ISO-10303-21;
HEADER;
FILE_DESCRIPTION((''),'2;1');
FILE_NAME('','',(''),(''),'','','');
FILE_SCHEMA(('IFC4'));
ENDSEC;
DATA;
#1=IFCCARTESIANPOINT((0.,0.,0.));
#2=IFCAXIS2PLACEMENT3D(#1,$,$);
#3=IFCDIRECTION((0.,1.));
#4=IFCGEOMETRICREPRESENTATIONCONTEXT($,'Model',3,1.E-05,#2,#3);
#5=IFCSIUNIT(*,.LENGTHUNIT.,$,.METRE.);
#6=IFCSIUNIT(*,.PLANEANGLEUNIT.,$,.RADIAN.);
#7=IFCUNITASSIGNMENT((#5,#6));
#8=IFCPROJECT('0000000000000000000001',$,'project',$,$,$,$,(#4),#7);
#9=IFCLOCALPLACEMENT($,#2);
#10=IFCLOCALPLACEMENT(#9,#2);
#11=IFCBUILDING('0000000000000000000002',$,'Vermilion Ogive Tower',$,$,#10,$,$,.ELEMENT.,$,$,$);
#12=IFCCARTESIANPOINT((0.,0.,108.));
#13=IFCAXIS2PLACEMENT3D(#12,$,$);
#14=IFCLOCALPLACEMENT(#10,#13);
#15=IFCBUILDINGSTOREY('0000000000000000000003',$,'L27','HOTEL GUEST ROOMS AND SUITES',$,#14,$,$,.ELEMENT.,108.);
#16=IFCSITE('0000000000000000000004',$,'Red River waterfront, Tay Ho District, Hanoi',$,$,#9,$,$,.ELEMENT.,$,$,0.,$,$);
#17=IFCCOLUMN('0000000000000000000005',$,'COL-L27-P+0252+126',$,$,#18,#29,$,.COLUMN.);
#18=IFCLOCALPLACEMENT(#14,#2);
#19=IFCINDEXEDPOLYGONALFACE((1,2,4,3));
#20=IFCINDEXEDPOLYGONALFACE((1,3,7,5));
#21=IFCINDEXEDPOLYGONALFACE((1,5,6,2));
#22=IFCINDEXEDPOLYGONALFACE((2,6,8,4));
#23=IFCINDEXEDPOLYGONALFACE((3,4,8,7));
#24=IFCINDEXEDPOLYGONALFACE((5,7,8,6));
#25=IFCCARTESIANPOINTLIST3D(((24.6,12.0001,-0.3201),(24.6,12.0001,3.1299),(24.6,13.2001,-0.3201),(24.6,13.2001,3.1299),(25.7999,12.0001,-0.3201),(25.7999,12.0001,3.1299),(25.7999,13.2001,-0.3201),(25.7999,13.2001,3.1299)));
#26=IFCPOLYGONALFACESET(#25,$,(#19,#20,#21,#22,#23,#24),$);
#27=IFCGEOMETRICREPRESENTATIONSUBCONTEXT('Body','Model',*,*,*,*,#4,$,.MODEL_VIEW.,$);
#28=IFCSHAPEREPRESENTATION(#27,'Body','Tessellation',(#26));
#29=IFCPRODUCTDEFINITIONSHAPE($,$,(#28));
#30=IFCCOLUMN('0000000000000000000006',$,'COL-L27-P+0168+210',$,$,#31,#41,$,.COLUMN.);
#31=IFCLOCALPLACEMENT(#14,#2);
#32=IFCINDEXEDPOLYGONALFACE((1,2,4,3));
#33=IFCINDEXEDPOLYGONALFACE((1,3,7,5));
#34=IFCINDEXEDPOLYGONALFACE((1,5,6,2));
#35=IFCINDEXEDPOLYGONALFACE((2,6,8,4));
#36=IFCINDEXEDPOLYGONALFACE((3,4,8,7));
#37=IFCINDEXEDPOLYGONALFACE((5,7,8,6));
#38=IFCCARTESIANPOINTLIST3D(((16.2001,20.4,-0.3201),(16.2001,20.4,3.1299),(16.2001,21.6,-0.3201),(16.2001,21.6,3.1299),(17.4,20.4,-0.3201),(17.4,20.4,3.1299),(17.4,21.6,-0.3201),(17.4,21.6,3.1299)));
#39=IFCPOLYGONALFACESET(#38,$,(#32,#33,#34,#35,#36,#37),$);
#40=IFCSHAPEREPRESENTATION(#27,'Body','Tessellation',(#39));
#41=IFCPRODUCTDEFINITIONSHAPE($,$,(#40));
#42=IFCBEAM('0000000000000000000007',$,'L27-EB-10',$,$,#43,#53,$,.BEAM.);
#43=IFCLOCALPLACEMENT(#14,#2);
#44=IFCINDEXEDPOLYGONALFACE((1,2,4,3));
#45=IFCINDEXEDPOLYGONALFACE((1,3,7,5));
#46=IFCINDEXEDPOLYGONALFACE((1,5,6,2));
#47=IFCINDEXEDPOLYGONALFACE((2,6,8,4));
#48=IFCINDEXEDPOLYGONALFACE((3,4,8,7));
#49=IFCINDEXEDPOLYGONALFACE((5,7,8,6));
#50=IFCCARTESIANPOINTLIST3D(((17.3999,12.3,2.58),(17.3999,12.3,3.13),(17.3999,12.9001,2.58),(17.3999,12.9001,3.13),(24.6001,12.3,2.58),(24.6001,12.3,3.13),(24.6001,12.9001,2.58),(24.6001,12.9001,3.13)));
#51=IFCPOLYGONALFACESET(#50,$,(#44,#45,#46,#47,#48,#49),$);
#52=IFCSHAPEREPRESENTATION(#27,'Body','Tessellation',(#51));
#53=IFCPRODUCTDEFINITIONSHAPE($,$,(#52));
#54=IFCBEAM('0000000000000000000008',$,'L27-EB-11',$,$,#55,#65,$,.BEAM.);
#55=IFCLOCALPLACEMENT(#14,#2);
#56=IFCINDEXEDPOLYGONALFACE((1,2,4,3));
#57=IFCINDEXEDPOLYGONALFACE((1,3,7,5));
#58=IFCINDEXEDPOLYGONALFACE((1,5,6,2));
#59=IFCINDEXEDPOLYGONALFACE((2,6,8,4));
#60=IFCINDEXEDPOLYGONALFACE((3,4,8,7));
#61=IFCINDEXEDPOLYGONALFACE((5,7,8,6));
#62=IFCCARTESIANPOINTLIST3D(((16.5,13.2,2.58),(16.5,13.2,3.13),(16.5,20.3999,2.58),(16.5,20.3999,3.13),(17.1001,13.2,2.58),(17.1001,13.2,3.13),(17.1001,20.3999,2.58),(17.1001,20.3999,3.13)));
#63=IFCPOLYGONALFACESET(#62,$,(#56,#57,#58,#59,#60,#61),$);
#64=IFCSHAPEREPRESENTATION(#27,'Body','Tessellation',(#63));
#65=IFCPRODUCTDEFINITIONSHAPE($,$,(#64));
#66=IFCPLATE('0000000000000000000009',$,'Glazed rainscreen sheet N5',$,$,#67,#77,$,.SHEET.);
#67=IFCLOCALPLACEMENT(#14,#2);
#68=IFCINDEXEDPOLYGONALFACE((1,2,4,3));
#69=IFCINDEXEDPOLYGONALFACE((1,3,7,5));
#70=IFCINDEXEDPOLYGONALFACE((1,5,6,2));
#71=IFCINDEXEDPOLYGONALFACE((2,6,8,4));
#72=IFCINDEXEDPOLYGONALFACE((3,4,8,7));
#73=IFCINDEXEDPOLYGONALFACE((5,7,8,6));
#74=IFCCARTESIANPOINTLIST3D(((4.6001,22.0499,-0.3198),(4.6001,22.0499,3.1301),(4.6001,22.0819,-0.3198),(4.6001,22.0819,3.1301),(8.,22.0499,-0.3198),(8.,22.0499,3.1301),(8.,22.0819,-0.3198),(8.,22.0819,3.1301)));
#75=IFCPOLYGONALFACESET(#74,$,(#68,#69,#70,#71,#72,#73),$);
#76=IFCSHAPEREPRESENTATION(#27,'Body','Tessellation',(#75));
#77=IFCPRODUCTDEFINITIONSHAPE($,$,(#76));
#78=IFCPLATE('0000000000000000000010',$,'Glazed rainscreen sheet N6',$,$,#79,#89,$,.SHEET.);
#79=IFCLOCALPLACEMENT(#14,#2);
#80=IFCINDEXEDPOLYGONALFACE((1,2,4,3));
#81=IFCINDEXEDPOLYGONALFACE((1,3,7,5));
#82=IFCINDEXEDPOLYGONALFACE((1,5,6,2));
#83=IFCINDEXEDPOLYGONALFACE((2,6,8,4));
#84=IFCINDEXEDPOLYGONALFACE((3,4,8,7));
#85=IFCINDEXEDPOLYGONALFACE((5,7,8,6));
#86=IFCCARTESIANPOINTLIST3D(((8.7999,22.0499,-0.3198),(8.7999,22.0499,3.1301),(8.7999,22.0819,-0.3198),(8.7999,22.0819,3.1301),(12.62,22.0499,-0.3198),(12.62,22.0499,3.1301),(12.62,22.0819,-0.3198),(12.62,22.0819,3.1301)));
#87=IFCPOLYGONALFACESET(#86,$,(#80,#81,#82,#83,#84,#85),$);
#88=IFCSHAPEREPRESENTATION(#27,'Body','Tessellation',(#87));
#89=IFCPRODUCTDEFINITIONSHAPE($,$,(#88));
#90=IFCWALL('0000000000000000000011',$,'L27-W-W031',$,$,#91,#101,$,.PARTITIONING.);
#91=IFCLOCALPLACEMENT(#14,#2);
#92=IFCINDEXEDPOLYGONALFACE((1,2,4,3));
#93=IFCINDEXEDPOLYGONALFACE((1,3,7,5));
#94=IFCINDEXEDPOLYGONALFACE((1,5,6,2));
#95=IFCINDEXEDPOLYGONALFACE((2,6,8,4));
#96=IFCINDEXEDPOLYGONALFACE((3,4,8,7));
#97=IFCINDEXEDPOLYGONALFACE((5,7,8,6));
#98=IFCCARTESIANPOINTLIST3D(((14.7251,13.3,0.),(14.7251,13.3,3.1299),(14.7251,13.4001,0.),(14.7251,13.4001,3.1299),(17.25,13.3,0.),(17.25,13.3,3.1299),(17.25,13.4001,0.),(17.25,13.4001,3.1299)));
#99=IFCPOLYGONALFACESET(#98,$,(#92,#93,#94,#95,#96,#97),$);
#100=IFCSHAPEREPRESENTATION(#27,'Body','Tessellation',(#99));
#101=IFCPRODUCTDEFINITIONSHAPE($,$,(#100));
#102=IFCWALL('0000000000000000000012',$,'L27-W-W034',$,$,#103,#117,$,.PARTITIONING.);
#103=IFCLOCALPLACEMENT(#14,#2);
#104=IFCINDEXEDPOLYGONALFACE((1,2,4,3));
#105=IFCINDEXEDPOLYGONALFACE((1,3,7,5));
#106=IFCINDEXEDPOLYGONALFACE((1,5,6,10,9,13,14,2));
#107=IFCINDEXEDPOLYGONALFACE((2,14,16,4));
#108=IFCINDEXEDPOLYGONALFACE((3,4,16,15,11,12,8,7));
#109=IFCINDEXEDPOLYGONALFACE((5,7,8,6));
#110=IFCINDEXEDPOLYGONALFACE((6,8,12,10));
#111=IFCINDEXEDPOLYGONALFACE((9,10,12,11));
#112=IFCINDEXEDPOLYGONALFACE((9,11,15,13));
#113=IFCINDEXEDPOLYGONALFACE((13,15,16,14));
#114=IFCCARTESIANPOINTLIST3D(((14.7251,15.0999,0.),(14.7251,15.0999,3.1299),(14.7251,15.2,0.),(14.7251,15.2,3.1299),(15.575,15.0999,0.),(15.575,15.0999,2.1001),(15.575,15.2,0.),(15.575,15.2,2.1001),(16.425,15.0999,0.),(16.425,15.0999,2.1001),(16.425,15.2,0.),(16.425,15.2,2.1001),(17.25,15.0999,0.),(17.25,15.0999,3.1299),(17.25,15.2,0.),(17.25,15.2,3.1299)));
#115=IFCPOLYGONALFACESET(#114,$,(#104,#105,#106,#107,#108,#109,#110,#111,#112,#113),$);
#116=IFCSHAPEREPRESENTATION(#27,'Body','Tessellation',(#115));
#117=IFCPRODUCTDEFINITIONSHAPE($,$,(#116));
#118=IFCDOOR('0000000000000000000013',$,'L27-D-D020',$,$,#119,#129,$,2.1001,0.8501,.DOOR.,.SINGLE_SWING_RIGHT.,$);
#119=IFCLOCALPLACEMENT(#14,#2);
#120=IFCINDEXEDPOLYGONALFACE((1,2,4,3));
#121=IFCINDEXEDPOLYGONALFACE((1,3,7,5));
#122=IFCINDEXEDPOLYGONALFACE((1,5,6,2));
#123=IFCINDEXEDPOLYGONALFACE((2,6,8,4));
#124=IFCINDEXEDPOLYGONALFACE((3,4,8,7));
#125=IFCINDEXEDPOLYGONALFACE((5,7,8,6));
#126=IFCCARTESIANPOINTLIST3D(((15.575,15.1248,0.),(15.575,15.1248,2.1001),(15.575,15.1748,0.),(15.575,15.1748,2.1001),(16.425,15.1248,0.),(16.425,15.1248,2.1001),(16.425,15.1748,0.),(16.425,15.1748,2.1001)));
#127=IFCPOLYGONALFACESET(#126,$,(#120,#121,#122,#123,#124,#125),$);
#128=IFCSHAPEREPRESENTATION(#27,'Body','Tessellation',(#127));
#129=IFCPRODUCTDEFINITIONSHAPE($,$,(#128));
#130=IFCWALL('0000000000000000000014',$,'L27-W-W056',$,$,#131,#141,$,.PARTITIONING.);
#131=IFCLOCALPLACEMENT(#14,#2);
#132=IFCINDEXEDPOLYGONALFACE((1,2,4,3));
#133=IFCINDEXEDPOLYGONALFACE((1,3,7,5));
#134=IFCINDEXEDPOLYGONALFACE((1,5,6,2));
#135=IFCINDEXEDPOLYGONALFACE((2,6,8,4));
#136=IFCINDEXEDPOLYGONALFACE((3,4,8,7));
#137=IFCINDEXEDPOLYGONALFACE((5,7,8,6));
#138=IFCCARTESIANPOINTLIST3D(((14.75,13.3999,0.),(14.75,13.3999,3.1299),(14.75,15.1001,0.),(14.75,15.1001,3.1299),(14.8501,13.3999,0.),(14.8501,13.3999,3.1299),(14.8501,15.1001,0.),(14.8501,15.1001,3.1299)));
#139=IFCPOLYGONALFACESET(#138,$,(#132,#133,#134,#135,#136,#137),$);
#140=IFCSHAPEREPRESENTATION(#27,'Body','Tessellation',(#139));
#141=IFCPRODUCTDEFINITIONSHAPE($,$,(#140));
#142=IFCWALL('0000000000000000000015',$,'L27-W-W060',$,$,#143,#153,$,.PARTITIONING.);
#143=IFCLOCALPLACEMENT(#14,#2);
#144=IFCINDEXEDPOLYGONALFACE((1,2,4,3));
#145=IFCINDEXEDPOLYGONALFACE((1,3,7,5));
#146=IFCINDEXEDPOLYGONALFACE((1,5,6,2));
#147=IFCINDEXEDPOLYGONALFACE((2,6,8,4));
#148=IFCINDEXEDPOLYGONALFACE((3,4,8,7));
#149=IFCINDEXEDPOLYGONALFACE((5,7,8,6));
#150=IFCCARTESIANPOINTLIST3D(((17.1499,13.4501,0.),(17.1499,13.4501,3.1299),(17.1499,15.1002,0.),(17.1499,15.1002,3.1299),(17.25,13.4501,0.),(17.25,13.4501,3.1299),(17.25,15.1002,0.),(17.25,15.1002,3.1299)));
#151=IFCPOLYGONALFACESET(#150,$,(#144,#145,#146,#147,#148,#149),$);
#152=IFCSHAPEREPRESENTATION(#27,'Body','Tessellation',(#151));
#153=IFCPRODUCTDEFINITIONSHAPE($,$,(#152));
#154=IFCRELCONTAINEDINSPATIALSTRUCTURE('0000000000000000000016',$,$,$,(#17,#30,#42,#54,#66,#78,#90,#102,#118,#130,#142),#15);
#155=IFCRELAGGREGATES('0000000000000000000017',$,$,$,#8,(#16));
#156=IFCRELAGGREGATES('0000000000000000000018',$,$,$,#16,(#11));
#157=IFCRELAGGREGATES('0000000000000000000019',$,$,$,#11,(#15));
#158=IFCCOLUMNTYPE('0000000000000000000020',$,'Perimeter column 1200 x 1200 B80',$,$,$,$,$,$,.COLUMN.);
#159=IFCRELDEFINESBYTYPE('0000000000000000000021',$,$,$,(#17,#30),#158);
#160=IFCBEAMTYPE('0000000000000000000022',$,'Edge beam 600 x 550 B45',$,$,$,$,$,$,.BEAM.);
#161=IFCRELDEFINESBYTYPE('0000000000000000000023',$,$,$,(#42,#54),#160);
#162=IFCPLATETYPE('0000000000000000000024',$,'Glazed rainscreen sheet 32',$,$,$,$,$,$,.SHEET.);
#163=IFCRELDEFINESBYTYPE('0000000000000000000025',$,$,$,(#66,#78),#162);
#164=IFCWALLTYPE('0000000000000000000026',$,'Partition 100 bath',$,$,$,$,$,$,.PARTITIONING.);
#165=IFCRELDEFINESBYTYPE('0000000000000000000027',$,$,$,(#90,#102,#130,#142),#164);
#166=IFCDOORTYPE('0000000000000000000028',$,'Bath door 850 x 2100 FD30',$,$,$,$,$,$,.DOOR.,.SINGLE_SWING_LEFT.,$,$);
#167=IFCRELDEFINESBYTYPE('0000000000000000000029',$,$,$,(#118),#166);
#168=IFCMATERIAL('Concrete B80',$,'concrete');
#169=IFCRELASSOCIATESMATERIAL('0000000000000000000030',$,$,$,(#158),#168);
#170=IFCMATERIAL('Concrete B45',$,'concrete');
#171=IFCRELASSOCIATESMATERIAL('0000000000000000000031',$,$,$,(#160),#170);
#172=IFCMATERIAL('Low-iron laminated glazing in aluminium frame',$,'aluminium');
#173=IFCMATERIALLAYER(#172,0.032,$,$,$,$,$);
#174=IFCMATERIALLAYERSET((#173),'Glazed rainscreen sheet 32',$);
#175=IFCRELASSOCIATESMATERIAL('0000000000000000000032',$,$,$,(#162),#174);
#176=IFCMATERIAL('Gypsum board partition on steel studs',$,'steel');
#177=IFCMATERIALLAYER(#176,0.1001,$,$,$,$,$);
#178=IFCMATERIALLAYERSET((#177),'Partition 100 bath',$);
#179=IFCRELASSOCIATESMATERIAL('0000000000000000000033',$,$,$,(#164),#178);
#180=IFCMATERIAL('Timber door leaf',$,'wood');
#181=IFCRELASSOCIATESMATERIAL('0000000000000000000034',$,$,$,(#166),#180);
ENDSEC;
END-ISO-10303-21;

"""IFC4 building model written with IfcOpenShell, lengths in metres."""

from ifc_helpers import new_model, si_unit, direction, frame, frame_2d, origin, origin_2d, place, context, subcontext, project, spatial, rectangle, extrude, material, layer, layer_set, material_profile, profile_set, type_object, element, fill, save


model = new_model("IFC4")

# Units and contexts
model_context = context("Model", 3, precision=1e-05, world=origin(), true_north=direction((0.0, 1.0)))
body_context = subcontext(model_context, "Body", "Model", "MODEL_VIEW")
ifc_project = project(units=[si_unit("LENGTHUNIT", "METRE"), si_unit("PLANEANGLEUNIT", "RADIAN")], contexts=[model_context])

# Site, building, storey
site_placement = place(None, origin())
site = spatial("IfcSite", under=ifc_project, at=site_placement, Name="Red River waterfront, Tay Ho District, Hanoi", CompositionType="ELEMENT", RefElevation=0.0)
building_placement = place(site_placement, origin())
building = spatial("IfcBuilding", under=site, at=building_placement, Name="Vermilion Ogive Tower", CompositionType="ELEMENT")
storey_placement = place(building_placement, frame((0.0, 0.0, 108.0)))
storey = spatial("IfcBuildingStorey", under=building, at=storey_placement, Name="L27", Description="HOTEL GUEST ROOMS AND SUITES", CompositionType="ELEMENT", Elevation=108.0)

# Columns
ifc_material_1 = material(Name="Concrete B80", Category="concrete")
ifc_material_profile_1 = material_profile(ifc_material_1, rectangle(XDim=1.2, YDim=1.2, at=origin_2d()), Name="1200 x 1200")
ifc_profile_set_1 = profile_set([ifc_material_profile_1], Name="Concrete B80")
column_type = type_object("IfcColumnType", Name="Perimeter column 1200 x 1200 B80", PredefinedType="COLUMN", material=ifc_profile_set_1)
for number, where, z_axis, x_axis, name in (
    (1, (25.2, 12.6001, -0.3201), (0.0, 0.0, 1.0), (1.0, 0.0, 0.0), "COL-L27-P+0252+126"),
    (2, (16.8, 21.0, -0.3201), (0.0, 0.0, 1.0), (1.0, 0.0, 0.0), "COL-L27-P+0168+210"),
):
    element("IfcColumn", number, at=place(storey_placement, frame(where, z_axis=z_axis, x_axis=x_axis)), inside=storey, type_object=column_type, Name=name, PredefinedType="COLUMN", context=body_context, shape_type="SweptSolid", body=[
        extrude(rectangle(XDim=1.2, YDim=1.2, at=origin_2d()), origin(), (0.0, 0.0, 1.0), 3.45),
    ])

# Beams
ifc_material_2 = material(Name="Concrete B45", Category="concrete")
ifc_material_profile_2 = material_profile(ifc_material_2, rectangle(XDim=0.6001, YDim=0.55, at=origin_2d()), Name="600 x 550")
ifc_profile_set_2 = profile_set([ifc_material_profile_2], Name="Concrete B45")
beam_type = type_object("IfcBeamType", Name="Edge beam 600 x 550 B45", PredefinedType="BEAM", material=ifc_profile_set_2)
beam_1_placement = place(storey_placement, frame((24.6001, 12.6001, 2.855), z_axis=(-1.0, 0.0, 0.0), x_axis=(0.0, -1.0, 0.0)))
element("IfcBeam", 3, at=beam_1_placement, inside=storey, type_object=beam_type, Name="L27-EB-10", PredefinedType="BEAM", context=body_context, shape_type="SweptSolid", body=[
    extrude(rectangle(XDim=0.6001, YDim=0.55, at=origin_2d()), origin(), (0.0, 0.0, 1.0), 7.2002),
])
beam_2_placement = place(storey_placement, frame((16.8, 13.2, 2.855), z_axis=(0.0, 1.0, 0.0), x_axis=(-1.0, 0.0, 0.0)))
element("IfcBeam", 4, at=beam_2_placement, inside=storey, type_object=beam_type, Name="L27-EB-11", PredefinedType="BEAM", context=body_context, shape_type="SweptSolid", body=[
    extrude(rectangle(XDim=0.6001, YDim=0.55, at=origin_2d()), origin(), (0.0, 0.0, 1.0), 7.2),
])

# Plates
ifc_material_3 = material(Name="Low-iron laminated glazing in aluminium frame", Category="aluminium")
ifc_layer_1 = layer(ifc_material_3, 0.032)
ifc_layer_set_1 = layer_set([ifc_layer_1], Name="Glazed rainscreen sheet 32")
plate_type = type_object("IfcPlateType", Name="Glazed rainscreen sheet 32", PredefinedType="SHEET", material=ifc_layer_set_1)
plate_1_placement = place(storey_placement, frame((6.3, 22.0659, -0.3198), z_axis=(0.0, 0.0, 1.0), x_axis=(1.0, 0.0, 0.0)))
element("IfcPlate", 5, at=plate_1_placement, inside=storey, type_object=plate_type, Name="Glazed rainscreen sheet N5", PredefinedType="SHEET", context=body_context, shape_type="SweptSolid", body=[
    extrude(rectangle(XDim=3.3999, YDim=0.032, at=origin_2d()), origin(), (0.0, 0.0, 1.0), 3.45),
])
plate_2_placement = place(storey_placement, frame((10.71, 22.0659, -0.3198), z_axis=(0.0, 0.0, 1.0), x_axis=(1.0, 0.0, 0.0)))
element("IfcPlate", 6, at=plate_2_placement, inside=storey, type_object=plate_type, Name="Glazed rainscreen sheet N6", PredefinedType="SHEET", context=body_context, shape_type="SweptSolid", body=[
    extrude(rectangle(XDim=3.8201, YDim=0.032, at=origin_2d()), origin(), (0.0, 0.0, 1.0), 3.45),
])

# Wall
ifc_material_4 = material(Name="Gypsum board partition on steel studs", Category="steel")
ifc_layer_2 = layer(ifc_material_4, 0.1001)
ifc_layer_set_2 = layer_set([ifc_layer_2], Name="Partition 100 bath")
wall_type_1 = type_object("IfcWallType", Name="Partition 100 bath", PredefinedType="PARTITIONING", material=ifc_layer_set_2)
wall_1_placement = place(storey_placement, frame((14.7251, 13.3501, 0.0), z_axis=(0.0, 0.0, 1.0), x_axis=(1.0, 0.0, 0.0)))
element("IfcWall", 7, at=wall_1_placement, inside=storey, type_object=wall_type_1, Name="L27-W-W031", PredefinedType="PARTITIONING", context=body_context, shape_type="SweptSolid", body=[
    extrude(rectangle(XDim=2.5249, YDim=0.1001, at=frame_2d((1.2625, 0.0))), origin(), (0.0, 0.0, 1.0), 3.1299),
])

# Wall, opening, door
wall_2_placement = place(storey_placement, frame((14.7251, 15.1499, 0.0), z_axis=(0.0, 0.0, 1.0), x_axis=(1.0, 0.0, 0.0)))
wall_2 = element("IfcWall", 8, at=wall_2_placement, inside=storey, type_object=wall_type_1, Name="L27-W-W034", PredefinedType="PARTITIONING", context=body_context, shape_type="SweptSolid", body=[
    extrude(rectangle(XDim=2.5249, YDim=0.1001, at=frame_2d((1.2625, 0.0))), origin(), (0.0, 0.0, 1.0), 3.1299),
])
opening_1_placement = place(wall_2_placement, frame((0.8499, 0.0, 0.0)))
opening_1 = element("IfcOpeningElement", 9, at=opening_1_placement, cuts=wall_2, PredefinedType="OPENING", context=body_context, shape_type="SweptSolid", body=[
    extrude(rectangle(XDim=0.8501, YDim=2.1001, at=frame_2d((0.425, 1.05))), frame((0.0, 0.0601, 0.0), z_axis=(0.0, -1.0, 0.0), x_axis=(1.0, 0.0, 0.0)), (0.0, 0.0, 1.0), 0.1201),
])
ifc_material_5 = material(Name="Timber door leaf", Category="wood")
door_type_1 = type_object("IfcDoorType", Name="Bath door 850 x 2100 FD30", OperationType="SINGLE_SWING_LEFT", PredefinedType="DOOR", material=ifc_material_5)
door_1_placement = place(opening_1_placement, origin())
door_1 = element("IfcDoor", 10, at=door_1_placement, inside=storey, type_object=door_type_1, Name="L27-D-D020", OperationType="SINGLE_SWING_RIGHT", OverallHeight=2.1001, OverallWidth=0.8501, PredefinedType="DOOR", context=body_context, shape_type="SweptSolid", body=[
    extrude(rectangle(XDim=0.8501, YDim=2.1001, at=frame_2d((0.425, 1.05))), frame((0.0, 0.0249, 0.0), z_axis=(0.0, -1.0, 0.0), x_axis=(1.0, 0.0, 0.0)), (0.0, 0.0, 1.0), 0.05),
])
fill(opening_1, door_1)

# Walls
wall_3_placement = place(storey_placement, frame((14.8, 13.3999, 0.0), z_axis=(0.0, 0.0, 1.0), x_axis=(0.0, 1.0, 0.0)))
element("IfcWall", 11, at=wall_3_placement, inside=storey, type_object=wall_type_1, Name="L27-W-W056", PredefinedType="PARTITIONING", context=body_context, shape_type="SweptSolid", body=[
    extrude(rectangle(XDim=1.7002, YDim=0.1001, at=frame_2d((0.8501, 0.0))), origin(), (0.0, 0.0, 1.0), 3.1299),
])
wall_4_placement = place(storey_placement, frame((17.2, 13.45, 0.0), z_axis=(0.0, 0.0, 1.0), x_axis=(0.0, 1.0, 0.0)))
element("IfcWall", 12, at=wall_4_placement, inside=storey, type_object=wall_type_1, Name="L27-W-W060", PredefinedType="PARTITIONING", context=body_context, shape_type="SweptSolid", body=[
    extrude(rectangle(XDim=1.6501, YDim=0.1001, at=frame_2d((0.8252, 0.0))), origin(), (0.0, 0.0, 1.0), 3.1299),
])

save(model, "model.ifc")
